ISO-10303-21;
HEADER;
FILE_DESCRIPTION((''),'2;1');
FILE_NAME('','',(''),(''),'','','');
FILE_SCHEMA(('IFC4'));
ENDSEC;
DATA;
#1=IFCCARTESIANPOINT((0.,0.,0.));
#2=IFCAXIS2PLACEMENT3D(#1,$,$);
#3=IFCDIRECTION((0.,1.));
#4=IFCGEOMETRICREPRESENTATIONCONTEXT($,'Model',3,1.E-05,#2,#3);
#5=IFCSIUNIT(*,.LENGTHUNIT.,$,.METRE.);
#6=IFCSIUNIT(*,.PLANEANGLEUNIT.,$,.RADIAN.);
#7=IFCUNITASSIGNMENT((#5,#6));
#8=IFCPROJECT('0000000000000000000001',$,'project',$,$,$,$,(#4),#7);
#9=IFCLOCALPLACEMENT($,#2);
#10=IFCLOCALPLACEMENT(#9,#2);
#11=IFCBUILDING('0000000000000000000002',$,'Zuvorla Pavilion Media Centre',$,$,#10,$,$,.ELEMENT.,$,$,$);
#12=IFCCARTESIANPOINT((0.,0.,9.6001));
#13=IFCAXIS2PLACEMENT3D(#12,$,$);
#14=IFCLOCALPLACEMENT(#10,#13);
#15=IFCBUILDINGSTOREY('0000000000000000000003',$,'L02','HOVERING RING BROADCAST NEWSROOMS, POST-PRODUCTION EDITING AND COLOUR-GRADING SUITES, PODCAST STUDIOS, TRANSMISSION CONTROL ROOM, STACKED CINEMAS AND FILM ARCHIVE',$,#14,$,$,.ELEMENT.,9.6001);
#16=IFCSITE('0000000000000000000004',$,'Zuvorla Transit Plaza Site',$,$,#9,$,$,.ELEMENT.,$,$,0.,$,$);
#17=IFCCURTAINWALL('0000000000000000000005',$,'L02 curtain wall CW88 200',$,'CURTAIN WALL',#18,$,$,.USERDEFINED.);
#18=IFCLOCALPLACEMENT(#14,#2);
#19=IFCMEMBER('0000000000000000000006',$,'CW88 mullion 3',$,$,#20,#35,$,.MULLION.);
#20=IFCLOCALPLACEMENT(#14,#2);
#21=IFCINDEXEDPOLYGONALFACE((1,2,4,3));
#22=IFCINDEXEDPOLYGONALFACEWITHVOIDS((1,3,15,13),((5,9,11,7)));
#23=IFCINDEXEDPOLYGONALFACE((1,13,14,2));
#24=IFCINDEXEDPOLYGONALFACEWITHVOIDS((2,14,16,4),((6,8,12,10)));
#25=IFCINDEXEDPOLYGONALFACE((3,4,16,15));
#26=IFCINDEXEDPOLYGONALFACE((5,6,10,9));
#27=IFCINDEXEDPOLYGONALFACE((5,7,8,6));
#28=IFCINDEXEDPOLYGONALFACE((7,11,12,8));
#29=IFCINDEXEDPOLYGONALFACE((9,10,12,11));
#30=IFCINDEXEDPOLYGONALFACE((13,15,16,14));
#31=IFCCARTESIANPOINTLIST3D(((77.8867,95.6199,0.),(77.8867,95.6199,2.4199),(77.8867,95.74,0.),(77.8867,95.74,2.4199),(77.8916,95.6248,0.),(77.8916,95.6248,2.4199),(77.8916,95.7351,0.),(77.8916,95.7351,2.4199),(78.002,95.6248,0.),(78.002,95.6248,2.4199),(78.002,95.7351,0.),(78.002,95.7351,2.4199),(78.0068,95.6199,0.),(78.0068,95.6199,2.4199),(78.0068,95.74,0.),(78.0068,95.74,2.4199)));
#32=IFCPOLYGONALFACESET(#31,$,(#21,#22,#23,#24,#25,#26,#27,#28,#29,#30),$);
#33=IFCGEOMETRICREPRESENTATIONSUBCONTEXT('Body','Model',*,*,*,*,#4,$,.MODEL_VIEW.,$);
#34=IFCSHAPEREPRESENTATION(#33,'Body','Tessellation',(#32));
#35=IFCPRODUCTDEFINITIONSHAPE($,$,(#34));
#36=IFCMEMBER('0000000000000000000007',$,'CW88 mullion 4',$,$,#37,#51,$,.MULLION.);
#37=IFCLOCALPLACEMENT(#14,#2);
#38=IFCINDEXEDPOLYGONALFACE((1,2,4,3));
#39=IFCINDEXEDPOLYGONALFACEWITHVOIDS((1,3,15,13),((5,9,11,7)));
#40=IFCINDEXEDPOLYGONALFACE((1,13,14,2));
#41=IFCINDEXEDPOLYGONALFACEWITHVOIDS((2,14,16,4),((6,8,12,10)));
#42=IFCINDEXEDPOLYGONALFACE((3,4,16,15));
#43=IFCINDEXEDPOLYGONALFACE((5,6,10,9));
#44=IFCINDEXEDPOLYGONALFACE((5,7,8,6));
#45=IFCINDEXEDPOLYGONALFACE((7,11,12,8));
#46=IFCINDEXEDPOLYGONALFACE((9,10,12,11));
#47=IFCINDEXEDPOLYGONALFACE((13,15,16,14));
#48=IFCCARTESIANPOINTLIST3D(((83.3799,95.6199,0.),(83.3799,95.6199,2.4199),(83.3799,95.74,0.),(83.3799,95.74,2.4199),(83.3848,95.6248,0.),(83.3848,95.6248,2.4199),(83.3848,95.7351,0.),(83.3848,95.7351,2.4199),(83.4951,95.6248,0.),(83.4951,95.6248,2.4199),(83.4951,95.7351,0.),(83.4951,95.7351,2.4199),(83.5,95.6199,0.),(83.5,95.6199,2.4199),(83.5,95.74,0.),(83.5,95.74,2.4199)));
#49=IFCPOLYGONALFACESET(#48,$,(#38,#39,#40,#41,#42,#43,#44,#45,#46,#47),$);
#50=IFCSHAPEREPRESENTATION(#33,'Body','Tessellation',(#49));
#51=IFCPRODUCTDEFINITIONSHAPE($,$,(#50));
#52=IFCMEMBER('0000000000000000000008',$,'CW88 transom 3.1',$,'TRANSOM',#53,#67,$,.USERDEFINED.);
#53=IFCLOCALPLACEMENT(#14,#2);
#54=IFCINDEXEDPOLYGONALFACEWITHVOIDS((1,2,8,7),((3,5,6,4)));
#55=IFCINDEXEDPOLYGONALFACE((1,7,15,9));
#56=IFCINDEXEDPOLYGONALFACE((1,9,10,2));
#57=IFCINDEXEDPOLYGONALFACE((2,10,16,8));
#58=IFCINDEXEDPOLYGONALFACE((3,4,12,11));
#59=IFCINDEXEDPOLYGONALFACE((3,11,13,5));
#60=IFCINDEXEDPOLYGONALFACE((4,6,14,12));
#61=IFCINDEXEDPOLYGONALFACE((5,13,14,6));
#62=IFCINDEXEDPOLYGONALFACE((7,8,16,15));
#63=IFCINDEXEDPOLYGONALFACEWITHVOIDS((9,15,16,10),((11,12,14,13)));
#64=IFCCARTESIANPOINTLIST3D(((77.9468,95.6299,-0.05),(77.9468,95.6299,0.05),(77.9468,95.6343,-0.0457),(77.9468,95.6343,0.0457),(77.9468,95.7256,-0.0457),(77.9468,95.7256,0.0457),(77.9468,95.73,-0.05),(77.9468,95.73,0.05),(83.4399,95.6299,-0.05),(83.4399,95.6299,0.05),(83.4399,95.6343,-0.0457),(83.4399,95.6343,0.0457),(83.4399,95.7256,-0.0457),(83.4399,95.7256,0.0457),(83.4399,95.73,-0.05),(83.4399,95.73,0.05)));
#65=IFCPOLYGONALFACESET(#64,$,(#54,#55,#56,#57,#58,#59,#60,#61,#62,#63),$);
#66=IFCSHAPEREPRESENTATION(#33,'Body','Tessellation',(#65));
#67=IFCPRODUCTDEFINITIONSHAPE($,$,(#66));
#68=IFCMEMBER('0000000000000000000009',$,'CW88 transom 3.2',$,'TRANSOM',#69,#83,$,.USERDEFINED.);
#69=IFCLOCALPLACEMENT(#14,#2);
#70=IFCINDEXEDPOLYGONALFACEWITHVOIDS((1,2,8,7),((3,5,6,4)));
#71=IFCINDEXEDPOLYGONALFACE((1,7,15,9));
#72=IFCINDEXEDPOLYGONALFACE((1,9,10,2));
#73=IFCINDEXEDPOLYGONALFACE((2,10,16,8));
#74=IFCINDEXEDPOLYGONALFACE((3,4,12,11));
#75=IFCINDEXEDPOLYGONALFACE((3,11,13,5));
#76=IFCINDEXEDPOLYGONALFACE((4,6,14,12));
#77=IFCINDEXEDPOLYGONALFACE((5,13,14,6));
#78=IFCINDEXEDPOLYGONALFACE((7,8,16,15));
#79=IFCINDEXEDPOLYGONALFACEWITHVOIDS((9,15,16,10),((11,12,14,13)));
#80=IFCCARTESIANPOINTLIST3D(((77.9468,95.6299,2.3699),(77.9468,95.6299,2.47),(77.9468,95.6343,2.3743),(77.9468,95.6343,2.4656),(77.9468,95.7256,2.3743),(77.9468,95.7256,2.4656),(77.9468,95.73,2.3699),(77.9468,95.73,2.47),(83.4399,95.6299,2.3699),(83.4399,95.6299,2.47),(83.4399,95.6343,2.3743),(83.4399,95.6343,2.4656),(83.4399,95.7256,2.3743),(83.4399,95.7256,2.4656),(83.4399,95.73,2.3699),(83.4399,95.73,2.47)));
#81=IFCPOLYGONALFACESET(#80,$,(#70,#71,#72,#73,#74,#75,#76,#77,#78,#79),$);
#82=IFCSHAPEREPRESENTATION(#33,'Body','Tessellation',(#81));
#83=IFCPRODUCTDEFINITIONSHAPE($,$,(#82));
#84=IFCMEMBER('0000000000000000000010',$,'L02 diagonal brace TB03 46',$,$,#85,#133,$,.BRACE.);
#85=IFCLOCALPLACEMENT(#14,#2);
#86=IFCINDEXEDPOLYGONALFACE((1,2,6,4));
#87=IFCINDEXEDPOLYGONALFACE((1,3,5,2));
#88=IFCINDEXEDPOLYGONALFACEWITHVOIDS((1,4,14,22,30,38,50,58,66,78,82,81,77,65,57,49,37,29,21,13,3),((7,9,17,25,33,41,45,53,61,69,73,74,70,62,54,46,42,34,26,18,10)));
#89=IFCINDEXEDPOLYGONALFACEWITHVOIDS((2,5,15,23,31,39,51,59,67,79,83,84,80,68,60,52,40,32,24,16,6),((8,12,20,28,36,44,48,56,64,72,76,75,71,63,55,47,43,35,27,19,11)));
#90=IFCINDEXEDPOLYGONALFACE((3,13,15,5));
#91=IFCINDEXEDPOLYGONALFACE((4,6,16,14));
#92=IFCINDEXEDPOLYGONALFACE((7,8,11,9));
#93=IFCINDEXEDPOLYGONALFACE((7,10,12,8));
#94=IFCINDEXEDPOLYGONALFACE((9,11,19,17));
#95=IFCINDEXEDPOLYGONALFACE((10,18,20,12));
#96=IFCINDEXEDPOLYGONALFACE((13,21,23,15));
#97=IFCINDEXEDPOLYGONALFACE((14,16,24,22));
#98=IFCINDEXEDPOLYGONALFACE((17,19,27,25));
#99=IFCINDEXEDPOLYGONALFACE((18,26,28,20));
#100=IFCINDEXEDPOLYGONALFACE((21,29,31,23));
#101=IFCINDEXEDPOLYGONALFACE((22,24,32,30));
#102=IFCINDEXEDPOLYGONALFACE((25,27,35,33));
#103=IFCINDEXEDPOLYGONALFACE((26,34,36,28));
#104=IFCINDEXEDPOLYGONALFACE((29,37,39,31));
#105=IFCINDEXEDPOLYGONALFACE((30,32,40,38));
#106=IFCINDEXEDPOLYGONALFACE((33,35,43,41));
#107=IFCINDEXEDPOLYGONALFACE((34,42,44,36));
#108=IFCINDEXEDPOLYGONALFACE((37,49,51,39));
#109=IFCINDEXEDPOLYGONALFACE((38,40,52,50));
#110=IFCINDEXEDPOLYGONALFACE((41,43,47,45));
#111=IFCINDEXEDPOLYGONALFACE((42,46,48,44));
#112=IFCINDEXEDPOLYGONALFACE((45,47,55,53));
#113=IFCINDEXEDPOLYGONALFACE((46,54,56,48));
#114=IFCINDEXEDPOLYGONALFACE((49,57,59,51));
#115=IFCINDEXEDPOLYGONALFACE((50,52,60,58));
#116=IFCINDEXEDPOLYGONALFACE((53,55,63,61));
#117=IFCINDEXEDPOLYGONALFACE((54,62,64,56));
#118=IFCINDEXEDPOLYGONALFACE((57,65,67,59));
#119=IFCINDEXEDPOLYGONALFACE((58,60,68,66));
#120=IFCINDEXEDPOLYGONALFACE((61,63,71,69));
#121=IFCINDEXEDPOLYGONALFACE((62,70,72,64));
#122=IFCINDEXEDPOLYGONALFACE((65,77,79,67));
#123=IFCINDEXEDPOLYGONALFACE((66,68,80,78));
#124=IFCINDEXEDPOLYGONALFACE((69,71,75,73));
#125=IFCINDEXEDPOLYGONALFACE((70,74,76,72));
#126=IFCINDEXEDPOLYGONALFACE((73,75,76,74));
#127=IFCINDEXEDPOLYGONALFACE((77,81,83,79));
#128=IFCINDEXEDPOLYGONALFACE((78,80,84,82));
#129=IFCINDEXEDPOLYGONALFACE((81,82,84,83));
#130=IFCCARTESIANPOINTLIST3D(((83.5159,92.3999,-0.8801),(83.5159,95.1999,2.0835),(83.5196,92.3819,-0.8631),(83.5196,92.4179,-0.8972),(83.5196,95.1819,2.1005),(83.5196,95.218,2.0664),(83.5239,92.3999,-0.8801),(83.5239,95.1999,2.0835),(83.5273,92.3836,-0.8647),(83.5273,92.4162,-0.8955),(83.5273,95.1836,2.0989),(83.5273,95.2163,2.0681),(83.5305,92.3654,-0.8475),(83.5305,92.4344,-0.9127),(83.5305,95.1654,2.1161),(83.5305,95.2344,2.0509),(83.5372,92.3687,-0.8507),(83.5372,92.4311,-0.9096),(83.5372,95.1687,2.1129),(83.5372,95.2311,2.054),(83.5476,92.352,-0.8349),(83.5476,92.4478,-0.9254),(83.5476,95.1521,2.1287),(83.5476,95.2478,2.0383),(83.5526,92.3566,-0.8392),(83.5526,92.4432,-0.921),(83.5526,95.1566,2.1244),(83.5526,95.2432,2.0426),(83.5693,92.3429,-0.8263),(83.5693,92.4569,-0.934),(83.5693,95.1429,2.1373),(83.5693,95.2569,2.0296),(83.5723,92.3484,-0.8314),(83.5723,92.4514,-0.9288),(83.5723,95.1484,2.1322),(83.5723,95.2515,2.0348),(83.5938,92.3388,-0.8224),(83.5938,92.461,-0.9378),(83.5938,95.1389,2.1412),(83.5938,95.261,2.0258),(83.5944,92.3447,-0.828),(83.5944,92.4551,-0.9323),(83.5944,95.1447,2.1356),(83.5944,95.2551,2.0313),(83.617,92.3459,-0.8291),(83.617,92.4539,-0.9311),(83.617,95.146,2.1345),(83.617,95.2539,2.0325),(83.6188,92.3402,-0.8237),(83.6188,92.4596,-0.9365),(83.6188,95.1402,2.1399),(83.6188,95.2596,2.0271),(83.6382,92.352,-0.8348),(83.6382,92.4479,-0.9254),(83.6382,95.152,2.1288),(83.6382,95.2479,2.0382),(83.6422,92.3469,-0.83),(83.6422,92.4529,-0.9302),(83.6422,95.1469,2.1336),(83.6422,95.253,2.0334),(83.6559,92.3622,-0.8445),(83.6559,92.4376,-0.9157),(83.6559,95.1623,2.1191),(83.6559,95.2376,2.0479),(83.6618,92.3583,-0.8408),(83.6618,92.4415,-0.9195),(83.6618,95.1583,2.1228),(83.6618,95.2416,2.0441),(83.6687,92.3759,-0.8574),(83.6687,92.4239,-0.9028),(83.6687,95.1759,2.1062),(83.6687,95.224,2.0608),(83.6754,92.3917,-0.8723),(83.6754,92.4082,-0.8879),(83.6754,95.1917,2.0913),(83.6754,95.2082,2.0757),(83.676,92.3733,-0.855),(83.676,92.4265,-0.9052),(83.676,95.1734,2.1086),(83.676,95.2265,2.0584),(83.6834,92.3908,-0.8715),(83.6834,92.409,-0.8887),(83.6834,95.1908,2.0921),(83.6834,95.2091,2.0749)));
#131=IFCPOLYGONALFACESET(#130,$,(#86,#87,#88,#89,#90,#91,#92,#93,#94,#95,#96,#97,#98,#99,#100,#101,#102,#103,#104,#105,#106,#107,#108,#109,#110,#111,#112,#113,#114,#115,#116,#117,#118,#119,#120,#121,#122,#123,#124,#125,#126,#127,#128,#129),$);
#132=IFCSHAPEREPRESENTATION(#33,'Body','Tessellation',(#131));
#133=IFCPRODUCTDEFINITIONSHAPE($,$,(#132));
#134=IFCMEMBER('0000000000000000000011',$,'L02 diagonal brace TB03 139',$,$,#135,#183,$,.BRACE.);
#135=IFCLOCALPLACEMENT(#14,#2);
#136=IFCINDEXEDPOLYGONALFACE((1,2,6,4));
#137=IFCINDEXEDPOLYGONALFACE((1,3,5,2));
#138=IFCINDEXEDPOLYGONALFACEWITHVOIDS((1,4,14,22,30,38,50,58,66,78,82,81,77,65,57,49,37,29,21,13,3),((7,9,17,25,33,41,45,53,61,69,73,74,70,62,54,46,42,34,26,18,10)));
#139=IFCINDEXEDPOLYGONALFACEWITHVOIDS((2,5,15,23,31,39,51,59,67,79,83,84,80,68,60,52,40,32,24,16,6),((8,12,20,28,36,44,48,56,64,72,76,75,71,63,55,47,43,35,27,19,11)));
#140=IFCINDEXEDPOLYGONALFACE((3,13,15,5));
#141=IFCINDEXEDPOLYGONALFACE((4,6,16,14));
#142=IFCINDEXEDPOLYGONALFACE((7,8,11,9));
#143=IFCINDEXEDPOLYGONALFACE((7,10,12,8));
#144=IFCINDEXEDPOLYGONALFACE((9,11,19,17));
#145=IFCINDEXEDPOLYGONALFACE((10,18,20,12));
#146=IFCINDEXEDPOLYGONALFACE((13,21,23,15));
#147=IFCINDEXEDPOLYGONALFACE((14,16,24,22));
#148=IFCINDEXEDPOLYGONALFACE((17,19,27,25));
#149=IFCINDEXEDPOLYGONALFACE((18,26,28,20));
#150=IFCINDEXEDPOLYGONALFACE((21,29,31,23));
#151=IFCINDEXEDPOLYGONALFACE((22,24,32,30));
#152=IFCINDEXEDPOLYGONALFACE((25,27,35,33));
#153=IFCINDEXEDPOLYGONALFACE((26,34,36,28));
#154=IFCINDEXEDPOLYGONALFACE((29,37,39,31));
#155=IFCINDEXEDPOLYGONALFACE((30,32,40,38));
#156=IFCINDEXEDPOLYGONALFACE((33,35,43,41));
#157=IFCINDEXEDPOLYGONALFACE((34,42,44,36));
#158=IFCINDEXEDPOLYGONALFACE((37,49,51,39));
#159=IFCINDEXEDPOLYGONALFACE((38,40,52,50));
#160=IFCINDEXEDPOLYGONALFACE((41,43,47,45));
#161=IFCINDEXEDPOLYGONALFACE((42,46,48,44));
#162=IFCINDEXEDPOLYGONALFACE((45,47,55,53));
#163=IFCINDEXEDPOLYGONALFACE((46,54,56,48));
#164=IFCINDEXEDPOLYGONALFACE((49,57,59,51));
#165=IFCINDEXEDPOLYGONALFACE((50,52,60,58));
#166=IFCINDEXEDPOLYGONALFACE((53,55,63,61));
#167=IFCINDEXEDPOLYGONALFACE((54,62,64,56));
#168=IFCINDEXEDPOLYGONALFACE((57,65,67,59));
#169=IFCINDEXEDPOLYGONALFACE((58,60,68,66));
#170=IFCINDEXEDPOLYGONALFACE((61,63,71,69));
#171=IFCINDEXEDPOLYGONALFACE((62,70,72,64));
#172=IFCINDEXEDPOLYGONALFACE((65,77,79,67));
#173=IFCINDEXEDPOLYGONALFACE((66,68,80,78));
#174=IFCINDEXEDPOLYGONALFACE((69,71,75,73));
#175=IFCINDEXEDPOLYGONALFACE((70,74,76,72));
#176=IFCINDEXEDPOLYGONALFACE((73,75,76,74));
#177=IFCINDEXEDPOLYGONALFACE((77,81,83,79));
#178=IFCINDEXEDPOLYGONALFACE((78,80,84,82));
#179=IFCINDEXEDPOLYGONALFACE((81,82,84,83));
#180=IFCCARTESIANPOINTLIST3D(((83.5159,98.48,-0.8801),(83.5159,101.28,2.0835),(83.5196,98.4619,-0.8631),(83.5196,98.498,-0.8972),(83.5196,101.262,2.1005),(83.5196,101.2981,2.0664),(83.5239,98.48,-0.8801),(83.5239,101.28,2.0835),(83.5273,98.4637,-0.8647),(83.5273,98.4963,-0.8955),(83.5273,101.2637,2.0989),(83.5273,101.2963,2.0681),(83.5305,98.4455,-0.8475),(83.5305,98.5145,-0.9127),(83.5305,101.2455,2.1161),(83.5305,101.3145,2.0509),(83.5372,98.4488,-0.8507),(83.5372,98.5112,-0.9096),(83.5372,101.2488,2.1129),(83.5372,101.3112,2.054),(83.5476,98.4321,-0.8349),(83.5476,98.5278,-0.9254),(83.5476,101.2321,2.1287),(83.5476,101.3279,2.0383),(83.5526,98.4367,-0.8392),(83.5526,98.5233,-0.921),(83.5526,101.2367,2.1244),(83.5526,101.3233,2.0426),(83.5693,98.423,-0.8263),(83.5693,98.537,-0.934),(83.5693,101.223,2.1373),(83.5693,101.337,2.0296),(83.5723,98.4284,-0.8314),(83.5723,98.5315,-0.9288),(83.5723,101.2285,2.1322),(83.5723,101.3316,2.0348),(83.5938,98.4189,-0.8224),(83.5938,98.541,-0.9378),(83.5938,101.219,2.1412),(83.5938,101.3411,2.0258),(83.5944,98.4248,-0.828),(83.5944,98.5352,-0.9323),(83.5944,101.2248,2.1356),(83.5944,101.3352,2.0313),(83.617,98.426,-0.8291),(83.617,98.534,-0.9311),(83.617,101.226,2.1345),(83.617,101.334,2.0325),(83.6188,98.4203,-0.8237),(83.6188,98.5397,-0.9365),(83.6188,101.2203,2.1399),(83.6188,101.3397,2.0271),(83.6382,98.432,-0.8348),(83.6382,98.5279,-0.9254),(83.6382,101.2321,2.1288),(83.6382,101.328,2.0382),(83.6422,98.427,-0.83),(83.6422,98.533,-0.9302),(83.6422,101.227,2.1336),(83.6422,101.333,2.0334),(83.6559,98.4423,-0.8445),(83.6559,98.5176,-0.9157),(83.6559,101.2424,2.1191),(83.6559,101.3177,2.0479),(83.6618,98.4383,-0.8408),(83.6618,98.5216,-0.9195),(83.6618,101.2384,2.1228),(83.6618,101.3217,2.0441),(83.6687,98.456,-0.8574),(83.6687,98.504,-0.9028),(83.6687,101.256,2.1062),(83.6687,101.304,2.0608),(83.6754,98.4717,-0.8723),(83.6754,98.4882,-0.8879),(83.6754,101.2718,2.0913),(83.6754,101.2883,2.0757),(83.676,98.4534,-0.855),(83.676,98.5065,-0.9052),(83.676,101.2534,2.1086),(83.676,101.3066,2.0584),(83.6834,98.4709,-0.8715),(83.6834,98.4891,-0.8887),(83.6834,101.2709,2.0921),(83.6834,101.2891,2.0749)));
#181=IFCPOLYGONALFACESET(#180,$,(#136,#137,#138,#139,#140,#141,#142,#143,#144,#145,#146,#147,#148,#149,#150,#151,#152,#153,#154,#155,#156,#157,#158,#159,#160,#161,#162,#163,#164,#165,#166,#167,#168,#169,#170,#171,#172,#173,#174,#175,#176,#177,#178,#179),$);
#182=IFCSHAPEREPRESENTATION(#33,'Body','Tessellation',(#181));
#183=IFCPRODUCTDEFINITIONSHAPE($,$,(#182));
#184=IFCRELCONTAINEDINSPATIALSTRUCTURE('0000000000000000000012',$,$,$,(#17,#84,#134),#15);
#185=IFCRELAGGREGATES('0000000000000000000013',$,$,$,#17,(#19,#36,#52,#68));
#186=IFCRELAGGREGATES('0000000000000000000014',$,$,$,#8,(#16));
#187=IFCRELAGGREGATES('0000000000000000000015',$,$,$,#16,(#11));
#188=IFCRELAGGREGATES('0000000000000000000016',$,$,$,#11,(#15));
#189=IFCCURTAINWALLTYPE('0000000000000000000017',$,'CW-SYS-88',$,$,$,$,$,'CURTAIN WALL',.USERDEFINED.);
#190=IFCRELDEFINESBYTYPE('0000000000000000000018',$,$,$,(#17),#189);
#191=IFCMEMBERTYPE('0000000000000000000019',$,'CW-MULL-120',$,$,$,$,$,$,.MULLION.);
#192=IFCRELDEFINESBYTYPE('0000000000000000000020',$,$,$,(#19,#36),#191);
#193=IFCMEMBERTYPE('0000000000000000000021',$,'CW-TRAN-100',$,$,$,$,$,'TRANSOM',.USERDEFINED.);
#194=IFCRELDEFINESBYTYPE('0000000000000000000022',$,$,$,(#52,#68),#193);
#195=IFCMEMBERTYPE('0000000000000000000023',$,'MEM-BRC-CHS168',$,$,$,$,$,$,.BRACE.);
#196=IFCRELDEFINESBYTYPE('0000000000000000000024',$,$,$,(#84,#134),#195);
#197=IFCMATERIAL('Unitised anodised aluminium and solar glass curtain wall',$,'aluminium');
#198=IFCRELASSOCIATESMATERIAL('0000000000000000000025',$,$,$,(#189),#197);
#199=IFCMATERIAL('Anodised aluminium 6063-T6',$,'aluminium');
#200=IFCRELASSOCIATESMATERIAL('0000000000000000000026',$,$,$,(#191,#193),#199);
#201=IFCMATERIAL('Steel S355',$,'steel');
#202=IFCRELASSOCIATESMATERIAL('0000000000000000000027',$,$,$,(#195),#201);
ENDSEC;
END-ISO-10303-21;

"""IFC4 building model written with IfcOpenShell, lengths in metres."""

from ifc_helpers import new_model, si_unit, direction, frame, origin, origin_2d, place, context, subcontext, project, spatial, hollow_rectangle, hollow_circle, extrude, material, material_profile, profile_set, type_object, element, aggregate, save


model = new_model("IFC4")

# Units and contexts
model_context = context("Model", 3, precision=1e-05, world=origin(), true_north=direction((0.0, 1.0)))
body_context = subcontext(model_context, "Body", "Model", "MODEL_VIEW")
ifc_project = project(units=[si_unit("LENGTHUNIT", "METRE"), si_unit("PLANEANGLEUNIT", "RADIAN")], contexts=[model_context])

# Site, building, storey
site_placement = place(None, origin())
site = spatial("IfcSite", under=ifc_project, at=site_placement, Name="Zuvorla Transit Plaza Site", CompositionType="ELEMENT", RefElevation=0.0)
building_placement = place(site_placement, origin())
building = spatial("IfcBuilding", under=site, at=building_placement, Name="Zuvorla Pavilion Media Centre", CompositionType="ELEMENT")
storey_placement = place(building_placement, frame((0.0, 0.0, 9.6001)))
storey = spatial("IfcBuildingStorey", under=building, at=storey_placement, Name="L02", Description="HOVERING RING BROADCAST NEWSROOMS, POST-PRODUCTION EDITING AND COLOUR-GRADING SUITES, PODCAST STUDIOS, TRANSMISSION CONTROL ROOM, STACKED CINEMAS AND FILM ARCHIVE", CompositionType="ELEMENT", Elevation=9.6001)

# Curtain wall, members
ifc_material_1 = material(Name="Unitised anodised aluminium and solar glass curtain wall", Category="aluminium")
curtain_wall_type = type_object("IfcCurtainWallType", Name="CW-SYS-88", ElementType="CURTAIN WALL", PredefinedType="USERDEFINED", material=ifc_material_1)
curtain_wall_placement = place(storey_placement, origin())
curtain_wall = element("IfcCurtainWall", 1, at=curtain_wall_placement, inside=storey, type_object=curtain_wall_type, Name="L02 curtain wall CW88 200", ObjectType="CURTAIN WALL", PredefinedType="USERDEFINED")
ifc_material_2 = material(Name="Anodised aluminium 6063-T6", Category="aluminium")
ifc_material_profile_1 = material_profile(ifc_material_2, hollow_rectangle(XDim=0.1201, YDim=0.1201, WallThickness=0.0049, at=origin_2d()), Name="ALU MULL 120x120")
ifc_profile_set_1 = profile_set([ifc_material_profile_1], Name="Anodised aluminium 6063-T6")
member_type_1 = type_object("IfcMemberType", Name="CW-MULL-120", PredefinedType="MULLION", material=ifc_profile_set_1)
member_1_placement = place(storey_placement, frame((77.9468, 95.6799, 0.0), z_axis=(0.0, 0.0, 1.0), x_axis=(1.0, 0.0, 0.0)))
member_1 = element("IfcMember", 2, at=member_1_placement, type_object=member_type_1, Name="CW88 mullion 3", PredefinedType="MULLION", context=body_context, shape_type="SweptSolid", body=[
    extrude(hollow_rectangle(XDim=0.1201, YDim=0.1201, WallThickness=0.0049, at=origin_2d()), origin(), (0.0, 0.0, 1.0), 2.4199),
])
member_2_placement = place(storey_placement, frame((83.4399, 95.6799, 0.0), z_axis=(0.0, 0.0, 1.0), x_axis=(1.0, 0.0, 0.0)))
member_2 = element("IfcMember", 3, at=member_2_placement, type_object=member_type_1, Name="CW88 mullion 4", PredefinedType="MULLION", context=body_context, shape_type="SweptSolid", body=[
    extrude(hollow_rectangle(XDim=0.1201, YDim=0.1201, WallThickness=0.0049, at=origin_2d()), origin(), (0.0, 0.0, 1.0), 2.4199),
])
ifc_material_profile_2 = material_profile(ifc_material_2, hollow_rectangle(XDim=0.1001, YDim=0.1001, WallThickness=0.0044, at=origin_2d()), Name="ALU TRAN 100x100")
ifc_profile_set_2 = profile_set([ifc_material_profile_2], Name="Anodised aluminium 6063-T6")
member_type_2 = type_object("IfcMemberType", Name="CW-TRAN-100", ElementType="TRANSOM", PredefinedType="USERDEFINED", material=ifc_profile_set_2)
member_3_placement = place(storey_placement, frame((77.9468, 95.6799, 0.0), z_axis=(1.0, 0.0, 0.0), x_axis=(0.0, 1.0, 0.0)))
member_3 = element("IfcMember", 4, at=member_3_placement, type_object=member_type_2, Name="CW88 transom 3.1", ObjectType="TRANSOM", PredefinedType="USERDEFINED", context=body_context, shape_type="SweptSolid", body=[
    extrude(hollow_rectangle(XDim=0.1001, YDim=0.1001, WallThickness=0.0044, at=origin_2d()), origin(), (0.0, 0.0, 1.0), 5.4932),
])
member_4_placement = place(storey_placement, frame((77.9468, 95.6799, 2.4199), z_axis=(1.0, 0.0, 0.0), x_axis=(0.0, 1.0, 0.0)))
member_4 = element("IfcMember", 5, at=member_4_placement, type_object=member_type_2, Name="CW88 transom 3.2", ObjectType="TRANSOM", PredefinedType="USERDEFINED", context=body_context, shape_type="SweptSolid", body=[
    extrude(hollow_rectangle(XDim=0.1001, YDim=0.1001, WallThickness=0.0044, at=origin_2d()), origin(), (0.0, 0.0, 1.0), 5.4932),
])

# Members
ifc_material_3 = material(Name="Steel S355", Category="steel")
ifc_material_profile_3 = material_profile(ifc_material_3, hollow_circle(Radius=0.0842, WallThickness=0.0081, at=origin_2d()), Name="CHS 168.3x8")
ifc_profile_set_3 = profile_set([ifc_material_profile_3], Name="Steel S355")
member_type_3 = type_object("IfcMemberType", Name="MEM-BRC-CHS168", PredefinedType="BRACE", material=ifc_profile_set_3)
for number, where, z_axis, x_axis, name in (
    (6, (83.6001, 92.3999, -0.8801), (0.0, 0.686762, 0.726882), (-1.0, 0.0, 0.0), "L02 diagonal brace TB03 46"),
    (7, (83.6001, 98.48, -0.8801), (0.0, 0.686762, 0.726882), (-1.0, 0.0, 0.0), "L02 diagonal brace TB03 139"),
):
    element("IfcMember", number, at=place(storey_placement, frame(where, z_axis=z_axis, x_axis=x_axis)), inside=storey, type_object=member_type_3, Name=name, PredefinedType="BRACE", context=body_context, shape_type="SweptSolid", body=[
        extrude(hollow_circle(Radius=0.0842, WallThickness=0.0081, at=origin_2d()), origin(), (0.0, 0.0, 1.0), 4.0771),
    ])

aggregate(curtain_wall, [member_1, member_2, member_3, member_4])

save(model, "model.ifc")
